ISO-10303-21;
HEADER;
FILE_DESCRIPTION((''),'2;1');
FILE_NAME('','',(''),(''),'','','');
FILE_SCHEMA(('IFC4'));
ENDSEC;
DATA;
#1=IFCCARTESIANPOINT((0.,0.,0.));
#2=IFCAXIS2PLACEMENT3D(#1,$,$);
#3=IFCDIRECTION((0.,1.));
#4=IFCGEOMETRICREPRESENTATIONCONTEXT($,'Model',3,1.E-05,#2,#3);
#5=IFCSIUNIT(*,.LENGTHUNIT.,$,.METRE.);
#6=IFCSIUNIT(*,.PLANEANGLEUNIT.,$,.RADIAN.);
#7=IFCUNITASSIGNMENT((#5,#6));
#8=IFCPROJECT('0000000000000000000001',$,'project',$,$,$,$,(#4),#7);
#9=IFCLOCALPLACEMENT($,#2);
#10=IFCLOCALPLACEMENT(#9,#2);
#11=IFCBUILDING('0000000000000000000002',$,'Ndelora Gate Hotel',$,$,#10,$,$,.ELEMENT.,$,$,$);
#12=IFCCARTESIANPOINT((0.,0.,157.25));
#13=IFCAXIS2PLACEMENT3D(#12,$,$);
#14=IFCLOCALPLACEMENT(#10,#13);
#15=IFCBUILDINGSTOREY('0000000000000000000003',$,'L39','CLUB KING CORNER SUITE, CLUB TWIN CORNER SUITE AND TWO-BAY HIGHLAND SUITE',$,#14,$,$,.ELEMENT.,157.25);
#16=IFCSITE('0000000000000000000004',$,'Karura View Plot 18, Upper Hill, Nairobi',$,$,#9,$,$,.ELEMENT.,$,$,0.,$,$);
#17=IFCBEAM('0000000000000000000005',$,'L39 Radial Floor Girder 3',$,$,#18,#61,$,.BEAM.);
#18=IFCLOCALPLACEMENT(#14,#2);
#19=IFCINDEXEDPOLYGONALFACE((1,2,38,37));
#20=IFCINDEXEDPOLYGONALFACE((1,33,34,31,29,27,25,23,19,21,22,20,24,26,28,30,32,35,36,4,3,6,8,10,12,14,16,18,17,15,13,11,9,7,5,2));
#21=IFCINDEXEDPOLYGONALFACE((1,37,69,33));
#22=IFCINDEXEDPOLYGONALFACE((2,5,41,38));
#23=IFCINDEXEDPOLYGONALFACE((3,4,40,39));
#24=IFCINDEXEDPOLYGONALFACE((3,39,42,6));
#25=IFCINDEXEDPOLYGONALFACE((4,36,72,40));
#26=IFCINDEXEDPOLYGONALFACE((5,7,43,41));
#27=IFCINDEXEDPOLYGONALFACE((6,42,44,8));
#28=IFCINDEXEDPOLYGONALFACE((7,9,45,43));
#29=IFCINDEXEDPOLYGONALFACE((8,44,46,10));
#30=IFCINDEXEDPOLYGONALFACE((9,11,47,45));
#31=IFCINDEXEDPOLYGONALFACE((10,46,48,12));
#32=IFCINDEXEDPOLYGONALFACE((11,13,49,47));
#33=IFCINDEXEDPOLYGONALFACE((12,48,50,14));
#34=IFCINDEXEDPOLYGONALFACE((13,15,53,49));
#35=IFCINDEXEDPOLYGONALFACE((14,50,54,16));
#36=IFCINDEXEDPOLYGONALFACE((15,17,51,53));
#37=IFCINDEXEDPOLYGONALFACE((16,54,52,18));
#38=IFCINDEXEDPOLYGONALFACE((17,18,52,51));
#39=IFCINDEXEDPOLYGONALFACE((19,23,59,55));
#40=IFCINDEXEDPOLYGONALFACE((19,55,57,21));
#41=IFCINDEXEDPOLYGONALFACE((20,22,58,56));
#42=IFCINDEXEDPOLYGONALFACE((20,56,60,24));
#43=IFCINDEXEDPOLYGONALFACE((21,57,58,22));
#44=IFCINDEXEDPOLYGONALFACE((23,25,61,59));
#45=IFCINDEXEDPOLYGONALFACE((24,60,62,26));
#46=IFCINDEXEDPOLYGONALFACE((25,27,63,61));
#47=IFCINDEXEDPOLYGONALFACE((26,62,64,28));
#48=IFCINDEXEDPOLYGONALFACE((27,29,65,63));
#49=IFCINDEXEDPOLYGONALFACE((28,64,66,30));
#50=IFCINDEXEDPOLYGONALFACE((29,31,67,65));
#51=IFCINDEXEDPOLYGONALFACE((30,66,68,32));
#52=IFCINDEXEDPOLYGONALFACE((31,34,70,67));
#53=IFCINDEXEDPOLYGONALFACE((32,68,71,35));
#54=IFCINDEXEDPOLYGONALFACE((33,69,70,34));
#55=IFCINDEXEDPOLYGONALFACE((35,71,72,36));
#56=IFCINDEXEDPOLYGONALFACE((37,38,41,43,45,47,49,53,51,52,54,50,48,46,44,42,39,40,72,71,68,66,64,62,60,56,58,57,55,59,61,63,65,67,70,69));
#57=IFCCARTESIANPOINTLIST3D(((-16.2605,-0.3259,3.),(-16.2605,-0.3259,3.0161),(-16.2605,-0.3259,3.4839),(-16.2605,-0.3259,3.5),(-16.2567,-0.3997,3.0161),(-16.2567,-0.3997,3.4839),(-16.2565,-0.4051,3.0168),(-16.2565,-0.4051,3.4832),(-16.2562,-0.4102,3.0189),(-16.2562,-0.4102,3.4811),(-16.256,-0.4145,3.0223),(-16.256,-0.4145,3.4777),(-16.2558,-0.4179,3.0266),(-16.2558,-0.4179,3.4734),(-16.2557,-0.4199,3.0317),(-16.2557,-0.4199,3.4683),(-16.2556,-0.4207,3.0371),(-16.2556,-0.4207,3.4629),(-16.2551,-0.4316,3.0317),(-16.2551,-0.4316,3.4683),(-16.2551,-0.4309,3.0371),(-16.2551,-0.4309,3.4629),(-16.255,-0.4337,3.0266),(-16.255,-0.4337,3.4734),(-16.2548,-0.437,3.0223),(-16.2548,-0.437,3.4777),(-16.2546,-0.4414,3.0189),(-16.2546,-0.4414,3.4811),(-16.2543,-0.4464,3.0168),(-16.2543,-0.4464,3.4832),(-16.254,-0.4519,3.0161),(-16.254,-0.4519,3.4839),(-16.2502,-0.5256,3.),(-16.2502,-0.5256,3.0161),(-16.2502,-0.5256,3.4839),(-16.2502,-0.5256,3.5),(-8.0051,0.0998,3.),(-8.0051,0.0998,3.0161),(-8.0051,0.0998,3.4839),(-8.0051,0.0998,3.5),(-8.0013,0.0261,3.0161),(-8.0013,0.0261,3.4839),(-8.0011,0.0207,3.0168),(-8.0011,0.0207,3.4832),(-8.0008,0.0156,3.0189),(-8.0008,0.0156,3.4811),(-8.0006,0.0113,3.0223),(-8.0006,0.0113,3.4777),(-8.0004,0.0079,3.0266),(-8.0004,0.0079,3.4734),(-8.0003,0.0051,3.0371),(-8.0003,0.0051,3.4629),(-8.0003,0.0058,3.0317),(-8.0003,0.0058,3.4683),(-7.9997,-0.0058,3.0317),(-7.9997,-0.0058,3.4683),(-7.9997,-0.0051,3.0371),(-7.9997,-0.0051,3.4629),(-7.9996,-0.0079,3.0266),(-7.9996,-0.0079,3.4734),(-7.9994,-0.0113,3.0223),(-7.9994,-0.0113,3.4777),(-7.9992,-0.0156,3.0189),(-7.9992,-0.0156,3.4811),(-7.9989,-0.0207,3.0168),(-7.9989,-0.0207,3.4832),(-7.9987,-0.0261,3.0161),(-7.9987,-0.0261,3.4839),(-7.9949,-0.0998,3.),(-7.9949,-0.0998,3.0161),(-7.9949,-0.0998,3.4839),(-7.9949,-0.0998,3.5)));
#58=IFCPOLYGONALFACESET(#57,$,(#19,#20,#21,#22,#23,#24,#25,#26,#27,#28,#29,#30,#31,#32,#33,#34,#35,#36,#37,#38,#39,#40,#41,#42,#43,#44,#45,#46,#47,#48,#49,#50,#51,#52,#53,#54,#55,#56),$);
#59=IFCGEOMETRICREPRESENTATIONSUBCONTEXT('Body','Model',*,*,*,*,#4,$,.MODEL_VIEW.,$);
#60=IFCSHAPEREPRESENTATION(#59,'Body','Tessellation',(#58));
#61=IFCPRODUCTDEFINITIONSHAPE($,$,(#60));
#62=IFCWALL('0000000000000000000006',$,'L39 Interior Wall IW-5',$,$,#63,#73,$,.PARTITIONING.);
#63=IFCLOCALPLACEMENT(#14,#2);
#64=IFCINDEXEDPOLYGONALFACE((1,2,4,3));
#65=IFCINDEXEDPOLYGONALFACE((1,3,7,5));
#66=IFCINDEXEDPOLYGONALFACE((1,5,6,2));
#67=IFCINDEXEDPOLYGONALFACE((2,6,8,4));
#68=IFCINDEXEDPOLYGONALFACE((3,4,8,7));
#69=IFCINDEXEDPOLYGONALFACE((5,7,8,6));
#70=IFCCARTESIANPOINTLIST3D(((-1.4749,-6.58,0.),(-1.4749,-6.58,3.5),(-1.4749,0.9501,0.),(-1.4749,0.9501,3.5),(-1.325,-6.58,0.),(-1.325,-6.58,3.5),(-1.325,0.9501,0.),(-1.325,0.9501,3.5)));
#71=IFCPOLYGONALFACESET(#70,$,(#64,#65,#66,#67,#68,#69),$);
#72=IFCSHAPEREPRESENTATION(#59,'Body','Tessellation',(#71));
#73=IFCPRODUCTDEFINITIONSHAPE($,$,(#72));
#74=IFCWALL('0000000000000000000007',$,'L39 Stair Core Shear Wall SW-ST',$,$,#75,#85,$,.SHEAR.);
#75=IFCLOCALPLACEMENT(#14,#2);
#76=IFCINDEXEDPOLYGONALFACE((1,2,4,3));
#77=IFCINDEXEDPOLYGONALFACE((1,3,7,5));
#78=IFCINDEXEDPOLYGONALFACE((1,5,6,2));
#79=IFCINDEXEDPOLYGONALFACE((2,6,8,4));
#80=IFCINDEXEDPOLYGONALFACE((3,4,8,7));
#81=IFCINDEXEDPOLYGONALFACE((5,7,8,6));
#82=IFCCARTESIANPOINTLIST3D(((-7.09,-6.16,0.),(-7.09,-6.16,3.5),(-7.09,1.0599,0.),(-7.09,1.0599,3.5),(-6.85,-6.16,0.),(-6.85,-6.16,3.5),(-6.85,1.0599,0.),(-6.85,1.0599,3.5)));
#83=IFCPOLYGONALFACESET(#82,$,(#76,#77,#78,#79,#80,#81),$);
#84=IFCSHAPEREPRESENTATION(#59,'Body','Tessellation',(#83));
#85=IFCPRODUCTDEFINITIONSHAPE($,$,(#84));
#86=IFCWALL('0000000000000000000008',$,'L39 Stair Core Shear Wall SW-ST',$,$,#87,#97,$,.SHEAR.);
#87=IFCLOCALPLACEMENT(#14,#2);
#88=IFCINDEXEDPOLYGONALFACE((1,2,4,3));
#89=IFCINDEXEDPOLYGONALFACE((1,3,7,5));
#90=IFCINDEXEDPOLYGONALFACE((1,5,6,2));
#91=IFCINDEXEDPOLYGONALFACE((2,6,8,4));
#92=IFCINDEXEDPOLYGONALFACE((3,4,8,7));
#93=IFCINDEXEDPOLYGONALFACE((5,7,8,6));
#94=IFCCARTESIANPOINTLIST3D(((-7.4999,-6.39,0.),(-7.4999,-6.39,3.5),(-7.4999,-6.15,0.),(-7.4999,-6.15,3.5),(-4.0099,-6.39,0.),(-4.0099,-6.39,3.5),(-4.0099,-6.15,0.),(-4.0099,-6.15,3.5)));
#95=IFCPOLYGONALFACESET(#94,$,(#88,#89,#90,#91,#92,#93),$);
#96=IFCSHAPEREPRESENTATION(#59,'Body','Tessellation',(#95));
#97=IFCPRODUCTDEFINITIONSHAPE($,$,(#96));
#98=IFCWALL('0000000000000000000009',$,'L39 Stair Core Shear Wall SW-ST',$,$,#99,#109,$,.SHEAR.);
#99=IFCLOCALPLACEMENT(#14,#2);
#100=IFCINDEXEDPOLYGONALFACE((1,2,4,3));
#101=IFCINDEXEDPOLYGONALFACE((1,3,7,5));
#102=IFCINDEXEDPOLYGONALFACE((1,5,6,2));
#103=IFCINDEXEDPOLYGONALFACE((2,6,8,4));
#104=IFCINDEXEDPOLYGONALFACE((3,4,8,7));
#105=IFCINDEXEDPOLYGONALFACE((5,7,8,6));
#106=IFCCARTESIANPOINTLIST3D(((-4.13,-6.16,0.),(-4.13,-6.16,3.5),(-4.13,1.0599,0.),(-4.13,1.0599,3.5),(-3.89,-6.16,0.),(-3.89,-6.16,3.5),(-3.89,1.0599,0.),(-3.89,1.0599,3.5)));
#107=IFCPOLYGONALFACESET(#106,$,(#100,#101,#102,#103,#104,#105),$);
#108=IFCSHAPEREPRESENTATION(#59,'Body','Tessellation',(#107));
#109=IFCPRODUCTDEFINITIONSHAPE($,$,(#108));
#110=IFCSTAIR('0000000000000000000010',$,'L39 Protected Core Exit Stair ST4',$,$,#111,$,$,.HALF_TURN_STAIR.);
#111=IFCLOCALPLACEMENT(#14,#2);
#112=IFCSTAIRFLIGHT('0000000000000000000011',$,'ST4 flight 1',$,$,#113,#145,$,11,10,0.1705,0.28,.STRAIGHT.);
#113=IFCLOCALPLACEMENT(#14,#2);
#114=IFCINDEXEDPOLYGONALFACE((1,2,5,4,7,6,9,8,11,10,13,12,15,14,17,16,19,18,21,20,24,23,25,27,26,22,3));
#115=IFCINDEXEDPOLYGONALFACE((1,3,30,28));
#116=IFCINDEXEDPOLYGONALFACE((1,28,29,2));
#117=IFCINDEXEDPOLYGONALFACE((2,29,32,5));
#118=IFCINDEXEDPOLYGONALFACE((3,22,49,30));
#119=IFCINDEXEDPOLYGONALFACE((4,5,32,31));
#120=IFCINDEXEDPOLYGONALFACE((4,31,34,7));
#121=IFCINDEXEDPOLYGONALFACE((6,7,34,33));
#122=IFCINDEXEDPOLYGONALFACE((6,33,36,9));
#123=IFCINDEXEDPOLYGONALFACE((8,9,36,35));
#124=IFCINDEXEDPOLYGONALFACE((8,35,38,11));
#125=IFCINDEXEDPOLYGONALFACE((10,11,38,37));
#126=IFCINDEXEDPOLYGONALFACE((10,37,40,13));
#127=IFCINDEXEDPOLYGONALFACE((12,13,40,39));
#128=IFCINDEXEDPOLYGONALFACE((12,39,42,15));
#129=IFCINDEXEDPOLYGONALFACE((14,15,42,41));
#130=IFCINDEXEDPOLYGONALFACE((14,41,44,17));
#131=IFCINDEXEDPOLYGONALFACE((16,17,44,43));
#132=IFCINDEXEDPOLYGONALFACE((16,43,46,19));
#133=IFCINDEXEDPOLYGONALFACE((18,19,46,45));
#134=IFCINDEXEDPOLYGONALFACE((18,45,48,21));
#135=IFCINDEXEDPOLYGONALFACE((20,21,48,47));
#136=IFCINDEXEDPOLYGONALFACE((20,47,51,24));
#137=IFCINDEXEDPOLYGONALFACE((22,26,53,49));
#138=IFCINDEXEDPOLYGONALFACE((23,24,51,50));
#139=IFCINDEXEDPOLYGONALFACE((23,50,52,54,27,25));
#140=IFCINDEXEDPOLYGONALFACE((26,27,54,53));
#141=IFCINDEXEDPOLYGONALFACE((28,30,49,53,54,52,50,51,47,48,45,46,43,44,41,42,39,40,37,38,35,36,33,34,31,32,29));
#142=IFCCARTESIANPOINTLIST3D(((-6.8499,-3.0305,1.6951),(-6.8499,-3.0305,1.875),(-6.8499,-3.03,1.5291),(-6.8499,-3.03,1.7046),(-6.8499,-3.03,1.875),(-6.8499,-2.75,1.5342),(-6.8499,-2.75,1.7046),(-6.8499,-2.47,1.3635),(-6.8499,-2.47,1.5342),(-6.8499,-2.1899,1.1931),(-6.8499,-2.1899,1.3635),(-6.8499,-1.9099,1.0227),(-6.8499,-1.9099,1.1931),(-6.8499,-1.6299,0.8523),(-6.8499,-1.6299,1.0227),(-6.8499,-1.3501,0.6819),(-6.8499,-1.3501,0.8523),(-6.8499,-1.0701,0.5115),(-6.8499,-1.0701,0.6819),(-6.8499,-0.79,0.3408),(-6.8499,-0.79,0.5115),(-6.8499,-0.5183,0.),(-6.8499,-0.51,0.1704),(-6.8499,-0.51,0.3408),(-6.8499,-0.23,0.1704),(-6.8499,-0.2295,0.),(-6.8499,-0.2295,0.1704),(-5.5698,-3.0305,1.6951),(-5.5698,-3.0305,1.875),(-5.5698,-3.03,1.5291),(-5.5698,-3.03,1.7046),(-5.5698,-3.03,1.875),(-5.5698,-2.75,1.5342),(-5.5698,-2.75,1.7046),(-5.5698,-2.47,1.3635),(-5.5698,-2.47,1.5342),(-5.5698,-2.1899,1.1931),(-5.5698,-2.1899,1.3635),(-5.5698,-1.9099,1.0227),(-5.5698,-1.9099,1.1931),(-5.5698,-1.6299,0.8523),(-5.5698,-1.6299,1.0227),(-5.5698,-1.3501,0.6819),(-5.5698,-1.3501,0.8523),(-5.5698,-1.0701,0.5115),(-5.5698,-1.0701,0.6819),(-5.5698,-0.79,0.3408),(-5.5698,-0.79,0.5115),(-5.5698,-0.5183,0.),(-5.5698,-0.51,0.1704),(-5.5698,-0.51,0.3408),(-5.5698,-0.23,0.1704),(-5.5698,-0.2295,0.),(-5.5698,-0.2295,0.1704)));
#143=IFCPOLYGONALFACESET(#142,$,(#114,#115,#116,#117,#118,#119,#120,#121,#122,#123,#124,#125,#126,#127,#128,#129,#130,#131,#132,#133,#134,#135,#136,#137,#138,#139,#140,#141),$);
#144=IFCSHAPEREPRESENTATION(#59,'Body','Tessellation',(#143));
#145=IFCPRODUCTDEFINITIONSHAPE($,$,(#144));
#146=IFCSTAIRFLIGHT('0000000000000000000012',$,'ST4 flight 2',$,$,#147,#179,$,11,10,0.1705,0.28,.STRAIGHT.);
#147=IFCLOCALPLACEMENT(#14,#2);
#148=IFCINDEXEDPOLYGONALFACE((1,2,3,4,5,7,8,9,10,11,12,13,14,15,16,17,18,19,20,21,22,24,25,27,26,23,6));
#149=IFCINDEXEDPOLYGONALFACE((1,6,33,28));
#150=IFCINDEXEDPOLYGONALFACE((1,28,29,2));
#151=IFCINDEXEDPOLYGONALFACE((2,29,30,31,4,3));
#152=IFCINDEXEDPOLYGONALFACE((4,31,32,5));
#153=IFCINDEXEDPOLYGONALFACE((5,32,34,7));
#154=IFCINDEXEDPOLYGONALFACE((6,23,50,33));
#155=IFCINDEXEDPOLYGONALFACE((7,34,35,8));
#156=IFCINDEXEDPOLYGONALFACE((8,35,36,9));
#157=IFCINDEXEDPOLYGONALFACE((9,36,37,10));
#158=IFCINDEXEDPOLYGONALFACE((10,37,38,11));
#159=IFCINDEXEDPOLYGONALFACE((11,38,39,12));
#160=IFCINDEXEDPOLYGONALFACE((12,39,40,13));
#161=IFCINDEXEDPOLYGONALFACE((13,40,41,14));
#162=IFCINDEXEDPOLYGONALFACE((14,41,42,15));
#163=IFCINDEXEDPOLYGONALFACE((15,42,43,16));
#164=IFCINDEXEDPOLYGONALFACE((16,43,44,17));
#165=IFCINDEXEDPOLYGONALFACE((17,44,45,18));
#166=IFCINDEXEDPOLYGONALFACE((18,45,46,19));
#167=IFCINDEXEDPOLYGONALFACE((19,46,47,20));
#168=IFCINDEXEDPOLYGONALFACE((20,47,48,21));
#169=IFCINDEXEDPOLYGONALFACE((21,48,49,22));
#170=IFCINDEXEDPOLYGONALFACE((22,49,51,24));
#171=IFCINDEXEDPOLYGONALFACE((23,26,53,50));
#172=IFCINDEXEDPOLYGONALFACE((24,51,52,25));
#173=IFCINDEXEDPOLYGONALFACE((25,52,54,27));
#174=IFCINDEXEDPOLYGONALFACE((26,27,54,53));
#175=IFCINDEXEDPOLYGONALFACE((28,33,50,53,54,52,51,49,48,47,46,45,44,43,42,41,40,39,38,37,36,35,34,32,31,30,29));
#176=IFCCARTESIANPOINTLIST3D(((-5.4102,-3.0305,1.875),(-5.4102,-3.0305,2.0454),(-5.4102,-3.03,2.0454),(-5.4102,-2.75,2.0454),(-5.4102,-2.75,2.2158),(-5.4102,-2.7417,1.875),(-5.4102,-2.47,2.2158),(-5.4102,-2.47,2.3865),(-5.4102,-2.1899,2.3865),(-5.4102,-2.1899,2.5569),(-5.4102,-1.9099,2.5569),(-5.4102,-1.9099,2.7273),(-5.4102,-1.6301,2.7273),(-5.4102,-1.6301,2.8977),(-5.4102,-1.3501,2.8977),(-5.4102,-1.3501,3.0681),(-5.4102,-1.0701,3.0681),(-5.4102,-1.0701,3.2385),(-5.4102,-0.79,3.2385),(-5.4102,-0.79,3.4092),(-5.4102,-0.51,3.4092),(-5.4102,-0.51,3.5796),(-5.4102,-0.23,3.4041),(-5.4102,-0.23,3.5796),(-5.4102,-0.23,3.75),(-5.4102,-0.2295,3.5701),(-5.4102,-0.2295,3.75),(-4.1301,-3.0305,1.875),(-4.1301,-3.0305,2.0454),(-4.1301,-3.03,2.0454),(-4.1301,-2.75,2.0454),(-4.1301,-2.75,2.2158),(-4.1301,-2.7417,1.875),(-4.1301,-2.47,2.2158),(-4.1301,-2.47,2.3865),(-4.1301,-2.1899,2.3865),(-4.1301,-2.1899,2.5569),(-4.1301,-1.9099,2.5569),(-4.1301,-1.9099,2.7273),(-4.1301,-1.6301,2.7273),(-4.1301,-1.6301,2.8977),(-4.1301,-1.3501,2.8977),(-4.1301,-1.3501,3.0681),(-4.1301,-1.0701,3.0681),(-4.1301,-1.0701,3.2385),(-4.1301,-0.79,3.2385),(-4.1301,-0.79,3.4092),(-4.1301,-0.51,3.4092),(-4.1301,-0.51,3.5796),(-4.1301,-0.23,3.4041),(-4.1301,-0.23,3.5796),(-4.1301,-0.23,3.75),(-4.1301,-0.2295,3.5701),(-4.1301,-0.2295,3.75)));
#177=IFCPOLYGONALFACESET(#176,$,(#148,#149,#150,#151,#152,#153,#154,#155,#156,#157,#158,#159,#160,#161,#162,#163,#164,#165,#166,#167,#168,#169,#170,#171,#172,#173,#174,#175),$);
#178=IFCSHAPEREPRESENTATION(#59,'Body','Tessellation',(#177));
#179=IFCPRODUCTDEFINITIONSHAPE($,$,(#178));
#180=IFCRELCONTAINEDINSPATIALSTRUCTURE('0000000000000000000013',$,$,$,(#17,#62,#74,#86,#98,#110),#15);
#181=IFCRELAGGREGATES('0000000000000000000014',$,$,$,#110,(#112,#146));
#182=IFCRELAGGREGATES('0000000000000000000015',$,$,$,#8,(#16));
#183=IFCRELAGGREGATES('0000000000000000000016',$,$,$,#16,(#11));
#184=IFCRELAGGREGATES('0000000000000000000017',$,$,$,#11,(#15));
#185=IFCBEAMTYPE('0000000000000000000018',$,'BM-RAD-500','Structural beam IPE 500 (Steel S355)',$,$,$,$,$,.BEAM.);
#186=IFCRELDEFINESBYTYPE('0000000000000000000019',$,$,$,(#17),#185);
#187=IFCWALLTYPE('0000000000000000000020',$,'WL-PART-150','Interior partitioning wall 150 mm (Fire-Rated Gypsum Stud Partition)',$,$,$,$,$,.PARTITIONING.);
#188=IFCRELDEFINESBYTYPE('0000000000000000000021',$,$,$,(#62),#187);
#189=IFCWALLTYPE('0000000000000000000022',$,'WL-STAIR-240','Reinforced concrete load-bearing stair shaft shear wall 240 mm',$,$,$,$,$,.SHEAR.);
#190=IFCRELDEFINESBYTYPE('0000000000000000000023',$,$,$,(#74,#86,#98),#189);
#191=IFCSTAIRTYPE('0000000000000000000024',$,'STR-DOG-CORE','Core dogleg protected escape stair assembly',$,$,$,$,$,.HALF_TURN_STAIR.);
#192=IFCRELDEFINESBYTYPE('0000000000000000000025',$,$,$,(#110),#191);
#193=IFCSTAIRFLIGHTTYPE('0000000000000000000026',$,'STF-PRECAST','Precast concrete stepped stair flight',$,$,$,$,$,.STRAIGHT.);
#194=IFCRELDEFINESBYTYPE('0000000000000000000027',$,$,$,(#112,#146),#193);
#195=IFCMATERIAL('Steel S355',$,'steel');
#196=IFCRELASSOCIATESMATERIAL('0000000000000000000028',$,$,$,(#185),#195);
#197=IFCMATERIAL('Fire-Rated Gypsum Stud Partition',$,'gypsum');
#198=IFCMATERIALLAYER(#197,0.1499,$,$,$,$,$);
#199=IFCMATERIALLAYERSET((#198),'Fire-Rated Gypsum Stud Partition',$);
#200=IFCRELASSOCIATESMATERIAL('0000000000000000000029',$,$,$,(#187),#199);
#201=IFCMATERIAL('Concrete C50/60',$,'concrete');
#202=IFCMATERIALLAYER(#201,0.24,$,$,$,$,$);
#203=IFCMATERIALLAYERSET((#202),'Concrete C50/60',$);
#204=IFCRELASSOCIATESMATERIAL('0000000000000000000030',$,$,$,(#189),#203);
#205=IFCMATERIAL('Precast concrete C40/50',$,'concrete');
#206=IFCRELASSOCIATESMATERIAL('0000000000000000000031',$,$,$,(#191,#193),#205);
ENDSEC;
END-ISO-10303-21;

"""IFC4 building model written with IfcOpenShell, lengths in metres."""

from ifc_helpers import new_model, si_unit, direction, frame, frame_2d, origin, origin_2d, place, context, subcontext, project, spatial, polyline, rectangle, i_section, outline, extrude, material, layer, layer_set, material_profile, profile_set, type_object, element, aggregate, save


model = new_model("IFC4")

# Units and contexts
model_context = context("Model", 3, precision=1e-05, world=origin(), true_north=direction((0.0, 1.0)))
body_context = subcontext(model_context, "Body", "Model", "MODEL_VIEW")
ifc_project = project(units=[si_unit("LENGTHUNIT", "METRE"), si_unit("PLANEANGLEUNIT", "RADIAN")], contexts=[model_context])

# Site, building, storey
site_placement = place(None, origin())
site = spatial("IfcSite", under=ifc_project, at=site_placement, Name="Karura View Plot 18, Upper Hill, Nairobi", CompositionType="ELEMENT", RefElevation=0.0)
building_placement = place(site_placement, origin())
building = spatial("IfcBuilding", under=site, at=building_placement, Name="Ndelora Gate Hotel", CompositionType="ELEMENT")
storey_placement = place(building_placement, frame((0.0, 0.0, 157.25)))
storey = spatial("IfcBuildingStorey", under=building, at=storey_placement, Name="L39", Description="CLUB KING CORNER SUITE, CLUB TWIN CORNER SUITE AND TWO-BAY HIGHLAND SUITE", CompositionType="ELEMENT", Elevation=157.25)

# Beam
ifc_material_1 = material(Name="Steel S355", Category="steel")
ifc_material_profile = material_profile(ifc_material_1, i_section(OverallWidth=0.2, OverallDepth=0.5, WebThickness=0.0103, FlangeThickness=0.0161, FilletRadius=0.021, at=origin_2d()), Name="IPE 500")
ifc_profile_set = profile_set([ifc_material_profile], Name="Steel S355")
beam_type = type_object("IfcBeamType", Name="BM-RAD-500", Description="Structural beam IPE 500 (Steel S355)", PredefinedType="BEAM", material=ifc_profile_set)
beam_placement = place(storey_placement, frame((-8.0, 0.0, 3.25), z_axis=(-0.998673, -0.051508, 0.0), x_axis=(0.051508, -0.998673, 0.0)))
element("IfcBeam", 1, at=beam_placement, inside=storey, type_object=beam_type, Name="L39 Radial Floor Girder 3", PredefinedType="BEAM", context=body_context, shape_type="SweptSolid", body=[
    extrude(i_section(OverallWidth=0.2, OverallDepth=0.5, WebThickness=0.0103, FlangeThickness=0.0161, FilletRadius=0.021, at=origin_2d()), origin(), (0.0, 0.0, 1.0), 8.2664),
])

# Walls
ifc_material_2 = material(Name="Fire-Rated Gypsum Stud Partition", Category="gypsum")
ifc_layer_1 = layer(ifc_material_2, 0.1499)
ifc_layer_set_1 = layer_set([ifc_layer_1], Name="Fire-Rated Gypsum Stud Partition")
wall_type_1 = type_object("IfcWallType", Name="WL-PART-150", Description="Interior partitioning wall 150 mm (Fire-Rated Gypsum Stud Partition)", PredefinedType="PARTITIONING", material=ifc_layer_set_1)
wall_1_placement = place(storey_placement, frame((-1.3999, -6.5801, 0.0), z_axis=(0.0, 0.0, 1.0), x_axis=(0.0, 1.0, 0.0)))
element("IfcWall", 2, at=wall_1_placement, inside=storey, type_object=wall_type_1, Name="L39 Interior Wall IW-5", PredefinedType="PARTITIONING", context=body_context, shape_type="SweptSolid", body=[
    extrude(rectangle(XDim=7.53, YDim=0.1499, at=frame_2d((3.7651, 0.0))), origin(), (0.0, 0.0, 1.0), 3.5),
])
ifc_material_3 = material(Name="Concrete C50/60", Category="concrete")
ifc_layer_2 = layer(ifc_material_3, 0.24)
ifc_layer_set_2 = layer_set([ifc_layer_2], Name="Concrete C50/60")
wall_type_2 = type_object("IfcWallType", Name="WL-STAIR-240", Description="Reinforced concrete load-bearing stair shaft shear wall 240 mm", PredefinedType="SHEAR", material=ifc_layer_set_2)
wall_2_placement = place(storey_placement, frame((-6.97, -6.1599, 0.0), z_axis=(0.0, 0.0, 1.0), x_axis=(0.0, 1.0, 0.0)))
element("IfcWall", 3, at=wall_2_placement, inside=storey, type_object=wall_type_2, Name="L39 Stair Core Shear Wall SW-ST", PredefinedType="SHEAR", context=body_context, shape_type="SweptSolid", body=[
    extrude(rectangle(XDim=7.22, YDim=0.24, at=frame_2d((3.6099, 0.0))), origin(), (0.0, 0.0, 1.0), 3.5),
])
wall_3_placement = place(storey_placement, frame((-7.5, -6.27, 0.0), z_axis=(0.0, 0.0, 1.0), x_axis=(1.0, 0.0, 0.0)))
element("IfcWall", 4, at=wall_3_placement, inside=storey, type_object=wall_type_2, Name="L39 Stair Core Shear Wall SW-ST", PredefinedType="SHEAR", context=body_context, shape_type="SweptSolid", body=[
    extrude(rectangle(XDim=3.49, YDim=0.24, at=frame_2d((1.7451, 0.0))), origin(), (0.0, 0.0, 1.0), 3.5),
])
wall_4_placement = place(storey_placement, frame((-4.01, -6.1599, 0.0), z_axis=(0.0, 0.0, 1.0), x_axis=(0.0, 1.0, 0.0)))
element("IfcWall", 5, at=wall_4_placement, inside=storey, type_object=wall_type_2, Name="L39 Stair Core Shear Wall SW-ST", PredefinedType="SHEAR", context=body_context, shape_type="SweptSolid", body=[
    extrude(rectangle(XDim=7.22, YDim=0.24, at=frame_2d((3.6099, 0.0))), origin(), (0.0, 0.0, 1.0), 3.5),
])

# Stair, stair flights
ifc_material_4 = material(Name="Precast concrete C40/50", Category="concrete")
stair_type = type_object("IfcStairType", Name="STR-DOG-CORE", Description="Core dogleg protected escape stair assembly", PredefinedType="HALF_TURN_STAIR", material=ifc_material_4)
stair_placement = place(storey_placement, origin())
stair = element("IfcStair", 6, at=stair_placement, inside=storey, type_object=stair_type, Name="L39 Protected Core Exit Stair ST4", PredefinedType="HALF_TURN_STAIR")
stair_flight_type = type_object("IfcStairFlightType", Name="STF-PRECAST", Description="Precast concrete stepped stair flight", PredefinedType="STRAIGHT", material=ifc_material_4)
stair_flight_1_placement = place(storey_placement, frame((-6.21, -0.23, 0.0), z_axis=(0.0, 0.0, 1.0), x_axis=(0.0, -1.0, 0.0)))
stair_flight_1 = element("IfcStairFlight", 7, at=stair_flight_1_placement, type_object=stair_flight_type, Name="ST4 flight 1", NumberOfRisers=11, NumberOfTreads=10, PredefinedType="STRAIGHT", RiserHeight=0.1705, TreadLength=0.28, context=body_context, shape_type="SweptSolid", body=[
    extrude(outline(polyline([(-0.0005, 0.0), (-0.0005, 0.1704), (0.0, 0.1704), (0.28, 0.1704), (0.28, 0.3408), (0.5601, 0.3408), (0.5601, 0.5115), (0.8401, 0.5115), (0.8401, 0.6819), (1.1201, 0.6819), (1.1201, 0.8523), (1.3999, 0.8523), (1.3999, 1.0227), (1.6799, 1.0227), (1.6799, 1.1931), (1.96, 1.1931), (1.96, 1.3635), (2.24, 1.3635), (2.24, 1.5342), (2.52, 1.5342), (2.52, 1.7046), (2.8, 1.7046), (2.8, 1.875), (2.8005, 1.875), (2.8005, 1.6951), (2.8, 1.5291), (0.2883, 0.0), (-0.0005, 0.0)])), frame((0.0, 0.6401, 0.0), z_axis=(0.0, -1.0, 0.0), x_axis=(1.0, 0.0, 0.0)), (0.0, 0.0, 1.0), 1.28),
])
stair_flight_2_placement = place(storey_placement, frame((-4.77, -3.03, 1.875), z_axis=(0.0, 0.0, 1.0), x_axis=(0.0, 1.0, 0.0)))
stair_flight_2 = element("IfcStairFlight", 8, at=stair_flight_2_placement, type_object=stair_flight_type, Name="ST4 flight 2", NumberOfRisers=11, NumberOfTreads=10, PredefinedType="STRAIGHT", RiserHeight=0.1705, TreadLength=0.28, context=body_context, shape_type="SweptSolid", body=[
    extrude(outline(polyline([(-0.0005, 0.0), (-0.0005, 0.1704), (0.0, 0.1704), (0.28, 0.1704), (0.28, 0.3408), (0.5601, 0.3408), (0.5601, 0.5115), (0.8401, 0.5115), (0.8401, 0.6819), (1.1201, 0.6819), (1.1201, 0.8523), (1.3999, 0.8523), (1.3999, 1.0227), (1.6799, 1.0227), (1.6799, 1.1931), (1.96, 1.1931), (1.96, 1.3635), (2.24, 1.3635), (2.24, 1.5342), (2.52, 1.5342), (2.52, 1.7046), (2.8, 1.7046), (2.8, 1.875), (2.8005, 1.875), (2.8005, 1.6951), (2.8, 1.5291), (0.2883, 0.0), (-0.0005, 0.0)])), frame((0.0, 0.6401, 0.0), z_axis=(0.0, -1.0, 0.0), x_axis=(1.0, 0.0, 0.0)), (0.0, 0.0, 1.0), 1.28),
])
aggregate(stair, [stair_flight_1, stair_flight_2])

save(model, "model.ifc")
